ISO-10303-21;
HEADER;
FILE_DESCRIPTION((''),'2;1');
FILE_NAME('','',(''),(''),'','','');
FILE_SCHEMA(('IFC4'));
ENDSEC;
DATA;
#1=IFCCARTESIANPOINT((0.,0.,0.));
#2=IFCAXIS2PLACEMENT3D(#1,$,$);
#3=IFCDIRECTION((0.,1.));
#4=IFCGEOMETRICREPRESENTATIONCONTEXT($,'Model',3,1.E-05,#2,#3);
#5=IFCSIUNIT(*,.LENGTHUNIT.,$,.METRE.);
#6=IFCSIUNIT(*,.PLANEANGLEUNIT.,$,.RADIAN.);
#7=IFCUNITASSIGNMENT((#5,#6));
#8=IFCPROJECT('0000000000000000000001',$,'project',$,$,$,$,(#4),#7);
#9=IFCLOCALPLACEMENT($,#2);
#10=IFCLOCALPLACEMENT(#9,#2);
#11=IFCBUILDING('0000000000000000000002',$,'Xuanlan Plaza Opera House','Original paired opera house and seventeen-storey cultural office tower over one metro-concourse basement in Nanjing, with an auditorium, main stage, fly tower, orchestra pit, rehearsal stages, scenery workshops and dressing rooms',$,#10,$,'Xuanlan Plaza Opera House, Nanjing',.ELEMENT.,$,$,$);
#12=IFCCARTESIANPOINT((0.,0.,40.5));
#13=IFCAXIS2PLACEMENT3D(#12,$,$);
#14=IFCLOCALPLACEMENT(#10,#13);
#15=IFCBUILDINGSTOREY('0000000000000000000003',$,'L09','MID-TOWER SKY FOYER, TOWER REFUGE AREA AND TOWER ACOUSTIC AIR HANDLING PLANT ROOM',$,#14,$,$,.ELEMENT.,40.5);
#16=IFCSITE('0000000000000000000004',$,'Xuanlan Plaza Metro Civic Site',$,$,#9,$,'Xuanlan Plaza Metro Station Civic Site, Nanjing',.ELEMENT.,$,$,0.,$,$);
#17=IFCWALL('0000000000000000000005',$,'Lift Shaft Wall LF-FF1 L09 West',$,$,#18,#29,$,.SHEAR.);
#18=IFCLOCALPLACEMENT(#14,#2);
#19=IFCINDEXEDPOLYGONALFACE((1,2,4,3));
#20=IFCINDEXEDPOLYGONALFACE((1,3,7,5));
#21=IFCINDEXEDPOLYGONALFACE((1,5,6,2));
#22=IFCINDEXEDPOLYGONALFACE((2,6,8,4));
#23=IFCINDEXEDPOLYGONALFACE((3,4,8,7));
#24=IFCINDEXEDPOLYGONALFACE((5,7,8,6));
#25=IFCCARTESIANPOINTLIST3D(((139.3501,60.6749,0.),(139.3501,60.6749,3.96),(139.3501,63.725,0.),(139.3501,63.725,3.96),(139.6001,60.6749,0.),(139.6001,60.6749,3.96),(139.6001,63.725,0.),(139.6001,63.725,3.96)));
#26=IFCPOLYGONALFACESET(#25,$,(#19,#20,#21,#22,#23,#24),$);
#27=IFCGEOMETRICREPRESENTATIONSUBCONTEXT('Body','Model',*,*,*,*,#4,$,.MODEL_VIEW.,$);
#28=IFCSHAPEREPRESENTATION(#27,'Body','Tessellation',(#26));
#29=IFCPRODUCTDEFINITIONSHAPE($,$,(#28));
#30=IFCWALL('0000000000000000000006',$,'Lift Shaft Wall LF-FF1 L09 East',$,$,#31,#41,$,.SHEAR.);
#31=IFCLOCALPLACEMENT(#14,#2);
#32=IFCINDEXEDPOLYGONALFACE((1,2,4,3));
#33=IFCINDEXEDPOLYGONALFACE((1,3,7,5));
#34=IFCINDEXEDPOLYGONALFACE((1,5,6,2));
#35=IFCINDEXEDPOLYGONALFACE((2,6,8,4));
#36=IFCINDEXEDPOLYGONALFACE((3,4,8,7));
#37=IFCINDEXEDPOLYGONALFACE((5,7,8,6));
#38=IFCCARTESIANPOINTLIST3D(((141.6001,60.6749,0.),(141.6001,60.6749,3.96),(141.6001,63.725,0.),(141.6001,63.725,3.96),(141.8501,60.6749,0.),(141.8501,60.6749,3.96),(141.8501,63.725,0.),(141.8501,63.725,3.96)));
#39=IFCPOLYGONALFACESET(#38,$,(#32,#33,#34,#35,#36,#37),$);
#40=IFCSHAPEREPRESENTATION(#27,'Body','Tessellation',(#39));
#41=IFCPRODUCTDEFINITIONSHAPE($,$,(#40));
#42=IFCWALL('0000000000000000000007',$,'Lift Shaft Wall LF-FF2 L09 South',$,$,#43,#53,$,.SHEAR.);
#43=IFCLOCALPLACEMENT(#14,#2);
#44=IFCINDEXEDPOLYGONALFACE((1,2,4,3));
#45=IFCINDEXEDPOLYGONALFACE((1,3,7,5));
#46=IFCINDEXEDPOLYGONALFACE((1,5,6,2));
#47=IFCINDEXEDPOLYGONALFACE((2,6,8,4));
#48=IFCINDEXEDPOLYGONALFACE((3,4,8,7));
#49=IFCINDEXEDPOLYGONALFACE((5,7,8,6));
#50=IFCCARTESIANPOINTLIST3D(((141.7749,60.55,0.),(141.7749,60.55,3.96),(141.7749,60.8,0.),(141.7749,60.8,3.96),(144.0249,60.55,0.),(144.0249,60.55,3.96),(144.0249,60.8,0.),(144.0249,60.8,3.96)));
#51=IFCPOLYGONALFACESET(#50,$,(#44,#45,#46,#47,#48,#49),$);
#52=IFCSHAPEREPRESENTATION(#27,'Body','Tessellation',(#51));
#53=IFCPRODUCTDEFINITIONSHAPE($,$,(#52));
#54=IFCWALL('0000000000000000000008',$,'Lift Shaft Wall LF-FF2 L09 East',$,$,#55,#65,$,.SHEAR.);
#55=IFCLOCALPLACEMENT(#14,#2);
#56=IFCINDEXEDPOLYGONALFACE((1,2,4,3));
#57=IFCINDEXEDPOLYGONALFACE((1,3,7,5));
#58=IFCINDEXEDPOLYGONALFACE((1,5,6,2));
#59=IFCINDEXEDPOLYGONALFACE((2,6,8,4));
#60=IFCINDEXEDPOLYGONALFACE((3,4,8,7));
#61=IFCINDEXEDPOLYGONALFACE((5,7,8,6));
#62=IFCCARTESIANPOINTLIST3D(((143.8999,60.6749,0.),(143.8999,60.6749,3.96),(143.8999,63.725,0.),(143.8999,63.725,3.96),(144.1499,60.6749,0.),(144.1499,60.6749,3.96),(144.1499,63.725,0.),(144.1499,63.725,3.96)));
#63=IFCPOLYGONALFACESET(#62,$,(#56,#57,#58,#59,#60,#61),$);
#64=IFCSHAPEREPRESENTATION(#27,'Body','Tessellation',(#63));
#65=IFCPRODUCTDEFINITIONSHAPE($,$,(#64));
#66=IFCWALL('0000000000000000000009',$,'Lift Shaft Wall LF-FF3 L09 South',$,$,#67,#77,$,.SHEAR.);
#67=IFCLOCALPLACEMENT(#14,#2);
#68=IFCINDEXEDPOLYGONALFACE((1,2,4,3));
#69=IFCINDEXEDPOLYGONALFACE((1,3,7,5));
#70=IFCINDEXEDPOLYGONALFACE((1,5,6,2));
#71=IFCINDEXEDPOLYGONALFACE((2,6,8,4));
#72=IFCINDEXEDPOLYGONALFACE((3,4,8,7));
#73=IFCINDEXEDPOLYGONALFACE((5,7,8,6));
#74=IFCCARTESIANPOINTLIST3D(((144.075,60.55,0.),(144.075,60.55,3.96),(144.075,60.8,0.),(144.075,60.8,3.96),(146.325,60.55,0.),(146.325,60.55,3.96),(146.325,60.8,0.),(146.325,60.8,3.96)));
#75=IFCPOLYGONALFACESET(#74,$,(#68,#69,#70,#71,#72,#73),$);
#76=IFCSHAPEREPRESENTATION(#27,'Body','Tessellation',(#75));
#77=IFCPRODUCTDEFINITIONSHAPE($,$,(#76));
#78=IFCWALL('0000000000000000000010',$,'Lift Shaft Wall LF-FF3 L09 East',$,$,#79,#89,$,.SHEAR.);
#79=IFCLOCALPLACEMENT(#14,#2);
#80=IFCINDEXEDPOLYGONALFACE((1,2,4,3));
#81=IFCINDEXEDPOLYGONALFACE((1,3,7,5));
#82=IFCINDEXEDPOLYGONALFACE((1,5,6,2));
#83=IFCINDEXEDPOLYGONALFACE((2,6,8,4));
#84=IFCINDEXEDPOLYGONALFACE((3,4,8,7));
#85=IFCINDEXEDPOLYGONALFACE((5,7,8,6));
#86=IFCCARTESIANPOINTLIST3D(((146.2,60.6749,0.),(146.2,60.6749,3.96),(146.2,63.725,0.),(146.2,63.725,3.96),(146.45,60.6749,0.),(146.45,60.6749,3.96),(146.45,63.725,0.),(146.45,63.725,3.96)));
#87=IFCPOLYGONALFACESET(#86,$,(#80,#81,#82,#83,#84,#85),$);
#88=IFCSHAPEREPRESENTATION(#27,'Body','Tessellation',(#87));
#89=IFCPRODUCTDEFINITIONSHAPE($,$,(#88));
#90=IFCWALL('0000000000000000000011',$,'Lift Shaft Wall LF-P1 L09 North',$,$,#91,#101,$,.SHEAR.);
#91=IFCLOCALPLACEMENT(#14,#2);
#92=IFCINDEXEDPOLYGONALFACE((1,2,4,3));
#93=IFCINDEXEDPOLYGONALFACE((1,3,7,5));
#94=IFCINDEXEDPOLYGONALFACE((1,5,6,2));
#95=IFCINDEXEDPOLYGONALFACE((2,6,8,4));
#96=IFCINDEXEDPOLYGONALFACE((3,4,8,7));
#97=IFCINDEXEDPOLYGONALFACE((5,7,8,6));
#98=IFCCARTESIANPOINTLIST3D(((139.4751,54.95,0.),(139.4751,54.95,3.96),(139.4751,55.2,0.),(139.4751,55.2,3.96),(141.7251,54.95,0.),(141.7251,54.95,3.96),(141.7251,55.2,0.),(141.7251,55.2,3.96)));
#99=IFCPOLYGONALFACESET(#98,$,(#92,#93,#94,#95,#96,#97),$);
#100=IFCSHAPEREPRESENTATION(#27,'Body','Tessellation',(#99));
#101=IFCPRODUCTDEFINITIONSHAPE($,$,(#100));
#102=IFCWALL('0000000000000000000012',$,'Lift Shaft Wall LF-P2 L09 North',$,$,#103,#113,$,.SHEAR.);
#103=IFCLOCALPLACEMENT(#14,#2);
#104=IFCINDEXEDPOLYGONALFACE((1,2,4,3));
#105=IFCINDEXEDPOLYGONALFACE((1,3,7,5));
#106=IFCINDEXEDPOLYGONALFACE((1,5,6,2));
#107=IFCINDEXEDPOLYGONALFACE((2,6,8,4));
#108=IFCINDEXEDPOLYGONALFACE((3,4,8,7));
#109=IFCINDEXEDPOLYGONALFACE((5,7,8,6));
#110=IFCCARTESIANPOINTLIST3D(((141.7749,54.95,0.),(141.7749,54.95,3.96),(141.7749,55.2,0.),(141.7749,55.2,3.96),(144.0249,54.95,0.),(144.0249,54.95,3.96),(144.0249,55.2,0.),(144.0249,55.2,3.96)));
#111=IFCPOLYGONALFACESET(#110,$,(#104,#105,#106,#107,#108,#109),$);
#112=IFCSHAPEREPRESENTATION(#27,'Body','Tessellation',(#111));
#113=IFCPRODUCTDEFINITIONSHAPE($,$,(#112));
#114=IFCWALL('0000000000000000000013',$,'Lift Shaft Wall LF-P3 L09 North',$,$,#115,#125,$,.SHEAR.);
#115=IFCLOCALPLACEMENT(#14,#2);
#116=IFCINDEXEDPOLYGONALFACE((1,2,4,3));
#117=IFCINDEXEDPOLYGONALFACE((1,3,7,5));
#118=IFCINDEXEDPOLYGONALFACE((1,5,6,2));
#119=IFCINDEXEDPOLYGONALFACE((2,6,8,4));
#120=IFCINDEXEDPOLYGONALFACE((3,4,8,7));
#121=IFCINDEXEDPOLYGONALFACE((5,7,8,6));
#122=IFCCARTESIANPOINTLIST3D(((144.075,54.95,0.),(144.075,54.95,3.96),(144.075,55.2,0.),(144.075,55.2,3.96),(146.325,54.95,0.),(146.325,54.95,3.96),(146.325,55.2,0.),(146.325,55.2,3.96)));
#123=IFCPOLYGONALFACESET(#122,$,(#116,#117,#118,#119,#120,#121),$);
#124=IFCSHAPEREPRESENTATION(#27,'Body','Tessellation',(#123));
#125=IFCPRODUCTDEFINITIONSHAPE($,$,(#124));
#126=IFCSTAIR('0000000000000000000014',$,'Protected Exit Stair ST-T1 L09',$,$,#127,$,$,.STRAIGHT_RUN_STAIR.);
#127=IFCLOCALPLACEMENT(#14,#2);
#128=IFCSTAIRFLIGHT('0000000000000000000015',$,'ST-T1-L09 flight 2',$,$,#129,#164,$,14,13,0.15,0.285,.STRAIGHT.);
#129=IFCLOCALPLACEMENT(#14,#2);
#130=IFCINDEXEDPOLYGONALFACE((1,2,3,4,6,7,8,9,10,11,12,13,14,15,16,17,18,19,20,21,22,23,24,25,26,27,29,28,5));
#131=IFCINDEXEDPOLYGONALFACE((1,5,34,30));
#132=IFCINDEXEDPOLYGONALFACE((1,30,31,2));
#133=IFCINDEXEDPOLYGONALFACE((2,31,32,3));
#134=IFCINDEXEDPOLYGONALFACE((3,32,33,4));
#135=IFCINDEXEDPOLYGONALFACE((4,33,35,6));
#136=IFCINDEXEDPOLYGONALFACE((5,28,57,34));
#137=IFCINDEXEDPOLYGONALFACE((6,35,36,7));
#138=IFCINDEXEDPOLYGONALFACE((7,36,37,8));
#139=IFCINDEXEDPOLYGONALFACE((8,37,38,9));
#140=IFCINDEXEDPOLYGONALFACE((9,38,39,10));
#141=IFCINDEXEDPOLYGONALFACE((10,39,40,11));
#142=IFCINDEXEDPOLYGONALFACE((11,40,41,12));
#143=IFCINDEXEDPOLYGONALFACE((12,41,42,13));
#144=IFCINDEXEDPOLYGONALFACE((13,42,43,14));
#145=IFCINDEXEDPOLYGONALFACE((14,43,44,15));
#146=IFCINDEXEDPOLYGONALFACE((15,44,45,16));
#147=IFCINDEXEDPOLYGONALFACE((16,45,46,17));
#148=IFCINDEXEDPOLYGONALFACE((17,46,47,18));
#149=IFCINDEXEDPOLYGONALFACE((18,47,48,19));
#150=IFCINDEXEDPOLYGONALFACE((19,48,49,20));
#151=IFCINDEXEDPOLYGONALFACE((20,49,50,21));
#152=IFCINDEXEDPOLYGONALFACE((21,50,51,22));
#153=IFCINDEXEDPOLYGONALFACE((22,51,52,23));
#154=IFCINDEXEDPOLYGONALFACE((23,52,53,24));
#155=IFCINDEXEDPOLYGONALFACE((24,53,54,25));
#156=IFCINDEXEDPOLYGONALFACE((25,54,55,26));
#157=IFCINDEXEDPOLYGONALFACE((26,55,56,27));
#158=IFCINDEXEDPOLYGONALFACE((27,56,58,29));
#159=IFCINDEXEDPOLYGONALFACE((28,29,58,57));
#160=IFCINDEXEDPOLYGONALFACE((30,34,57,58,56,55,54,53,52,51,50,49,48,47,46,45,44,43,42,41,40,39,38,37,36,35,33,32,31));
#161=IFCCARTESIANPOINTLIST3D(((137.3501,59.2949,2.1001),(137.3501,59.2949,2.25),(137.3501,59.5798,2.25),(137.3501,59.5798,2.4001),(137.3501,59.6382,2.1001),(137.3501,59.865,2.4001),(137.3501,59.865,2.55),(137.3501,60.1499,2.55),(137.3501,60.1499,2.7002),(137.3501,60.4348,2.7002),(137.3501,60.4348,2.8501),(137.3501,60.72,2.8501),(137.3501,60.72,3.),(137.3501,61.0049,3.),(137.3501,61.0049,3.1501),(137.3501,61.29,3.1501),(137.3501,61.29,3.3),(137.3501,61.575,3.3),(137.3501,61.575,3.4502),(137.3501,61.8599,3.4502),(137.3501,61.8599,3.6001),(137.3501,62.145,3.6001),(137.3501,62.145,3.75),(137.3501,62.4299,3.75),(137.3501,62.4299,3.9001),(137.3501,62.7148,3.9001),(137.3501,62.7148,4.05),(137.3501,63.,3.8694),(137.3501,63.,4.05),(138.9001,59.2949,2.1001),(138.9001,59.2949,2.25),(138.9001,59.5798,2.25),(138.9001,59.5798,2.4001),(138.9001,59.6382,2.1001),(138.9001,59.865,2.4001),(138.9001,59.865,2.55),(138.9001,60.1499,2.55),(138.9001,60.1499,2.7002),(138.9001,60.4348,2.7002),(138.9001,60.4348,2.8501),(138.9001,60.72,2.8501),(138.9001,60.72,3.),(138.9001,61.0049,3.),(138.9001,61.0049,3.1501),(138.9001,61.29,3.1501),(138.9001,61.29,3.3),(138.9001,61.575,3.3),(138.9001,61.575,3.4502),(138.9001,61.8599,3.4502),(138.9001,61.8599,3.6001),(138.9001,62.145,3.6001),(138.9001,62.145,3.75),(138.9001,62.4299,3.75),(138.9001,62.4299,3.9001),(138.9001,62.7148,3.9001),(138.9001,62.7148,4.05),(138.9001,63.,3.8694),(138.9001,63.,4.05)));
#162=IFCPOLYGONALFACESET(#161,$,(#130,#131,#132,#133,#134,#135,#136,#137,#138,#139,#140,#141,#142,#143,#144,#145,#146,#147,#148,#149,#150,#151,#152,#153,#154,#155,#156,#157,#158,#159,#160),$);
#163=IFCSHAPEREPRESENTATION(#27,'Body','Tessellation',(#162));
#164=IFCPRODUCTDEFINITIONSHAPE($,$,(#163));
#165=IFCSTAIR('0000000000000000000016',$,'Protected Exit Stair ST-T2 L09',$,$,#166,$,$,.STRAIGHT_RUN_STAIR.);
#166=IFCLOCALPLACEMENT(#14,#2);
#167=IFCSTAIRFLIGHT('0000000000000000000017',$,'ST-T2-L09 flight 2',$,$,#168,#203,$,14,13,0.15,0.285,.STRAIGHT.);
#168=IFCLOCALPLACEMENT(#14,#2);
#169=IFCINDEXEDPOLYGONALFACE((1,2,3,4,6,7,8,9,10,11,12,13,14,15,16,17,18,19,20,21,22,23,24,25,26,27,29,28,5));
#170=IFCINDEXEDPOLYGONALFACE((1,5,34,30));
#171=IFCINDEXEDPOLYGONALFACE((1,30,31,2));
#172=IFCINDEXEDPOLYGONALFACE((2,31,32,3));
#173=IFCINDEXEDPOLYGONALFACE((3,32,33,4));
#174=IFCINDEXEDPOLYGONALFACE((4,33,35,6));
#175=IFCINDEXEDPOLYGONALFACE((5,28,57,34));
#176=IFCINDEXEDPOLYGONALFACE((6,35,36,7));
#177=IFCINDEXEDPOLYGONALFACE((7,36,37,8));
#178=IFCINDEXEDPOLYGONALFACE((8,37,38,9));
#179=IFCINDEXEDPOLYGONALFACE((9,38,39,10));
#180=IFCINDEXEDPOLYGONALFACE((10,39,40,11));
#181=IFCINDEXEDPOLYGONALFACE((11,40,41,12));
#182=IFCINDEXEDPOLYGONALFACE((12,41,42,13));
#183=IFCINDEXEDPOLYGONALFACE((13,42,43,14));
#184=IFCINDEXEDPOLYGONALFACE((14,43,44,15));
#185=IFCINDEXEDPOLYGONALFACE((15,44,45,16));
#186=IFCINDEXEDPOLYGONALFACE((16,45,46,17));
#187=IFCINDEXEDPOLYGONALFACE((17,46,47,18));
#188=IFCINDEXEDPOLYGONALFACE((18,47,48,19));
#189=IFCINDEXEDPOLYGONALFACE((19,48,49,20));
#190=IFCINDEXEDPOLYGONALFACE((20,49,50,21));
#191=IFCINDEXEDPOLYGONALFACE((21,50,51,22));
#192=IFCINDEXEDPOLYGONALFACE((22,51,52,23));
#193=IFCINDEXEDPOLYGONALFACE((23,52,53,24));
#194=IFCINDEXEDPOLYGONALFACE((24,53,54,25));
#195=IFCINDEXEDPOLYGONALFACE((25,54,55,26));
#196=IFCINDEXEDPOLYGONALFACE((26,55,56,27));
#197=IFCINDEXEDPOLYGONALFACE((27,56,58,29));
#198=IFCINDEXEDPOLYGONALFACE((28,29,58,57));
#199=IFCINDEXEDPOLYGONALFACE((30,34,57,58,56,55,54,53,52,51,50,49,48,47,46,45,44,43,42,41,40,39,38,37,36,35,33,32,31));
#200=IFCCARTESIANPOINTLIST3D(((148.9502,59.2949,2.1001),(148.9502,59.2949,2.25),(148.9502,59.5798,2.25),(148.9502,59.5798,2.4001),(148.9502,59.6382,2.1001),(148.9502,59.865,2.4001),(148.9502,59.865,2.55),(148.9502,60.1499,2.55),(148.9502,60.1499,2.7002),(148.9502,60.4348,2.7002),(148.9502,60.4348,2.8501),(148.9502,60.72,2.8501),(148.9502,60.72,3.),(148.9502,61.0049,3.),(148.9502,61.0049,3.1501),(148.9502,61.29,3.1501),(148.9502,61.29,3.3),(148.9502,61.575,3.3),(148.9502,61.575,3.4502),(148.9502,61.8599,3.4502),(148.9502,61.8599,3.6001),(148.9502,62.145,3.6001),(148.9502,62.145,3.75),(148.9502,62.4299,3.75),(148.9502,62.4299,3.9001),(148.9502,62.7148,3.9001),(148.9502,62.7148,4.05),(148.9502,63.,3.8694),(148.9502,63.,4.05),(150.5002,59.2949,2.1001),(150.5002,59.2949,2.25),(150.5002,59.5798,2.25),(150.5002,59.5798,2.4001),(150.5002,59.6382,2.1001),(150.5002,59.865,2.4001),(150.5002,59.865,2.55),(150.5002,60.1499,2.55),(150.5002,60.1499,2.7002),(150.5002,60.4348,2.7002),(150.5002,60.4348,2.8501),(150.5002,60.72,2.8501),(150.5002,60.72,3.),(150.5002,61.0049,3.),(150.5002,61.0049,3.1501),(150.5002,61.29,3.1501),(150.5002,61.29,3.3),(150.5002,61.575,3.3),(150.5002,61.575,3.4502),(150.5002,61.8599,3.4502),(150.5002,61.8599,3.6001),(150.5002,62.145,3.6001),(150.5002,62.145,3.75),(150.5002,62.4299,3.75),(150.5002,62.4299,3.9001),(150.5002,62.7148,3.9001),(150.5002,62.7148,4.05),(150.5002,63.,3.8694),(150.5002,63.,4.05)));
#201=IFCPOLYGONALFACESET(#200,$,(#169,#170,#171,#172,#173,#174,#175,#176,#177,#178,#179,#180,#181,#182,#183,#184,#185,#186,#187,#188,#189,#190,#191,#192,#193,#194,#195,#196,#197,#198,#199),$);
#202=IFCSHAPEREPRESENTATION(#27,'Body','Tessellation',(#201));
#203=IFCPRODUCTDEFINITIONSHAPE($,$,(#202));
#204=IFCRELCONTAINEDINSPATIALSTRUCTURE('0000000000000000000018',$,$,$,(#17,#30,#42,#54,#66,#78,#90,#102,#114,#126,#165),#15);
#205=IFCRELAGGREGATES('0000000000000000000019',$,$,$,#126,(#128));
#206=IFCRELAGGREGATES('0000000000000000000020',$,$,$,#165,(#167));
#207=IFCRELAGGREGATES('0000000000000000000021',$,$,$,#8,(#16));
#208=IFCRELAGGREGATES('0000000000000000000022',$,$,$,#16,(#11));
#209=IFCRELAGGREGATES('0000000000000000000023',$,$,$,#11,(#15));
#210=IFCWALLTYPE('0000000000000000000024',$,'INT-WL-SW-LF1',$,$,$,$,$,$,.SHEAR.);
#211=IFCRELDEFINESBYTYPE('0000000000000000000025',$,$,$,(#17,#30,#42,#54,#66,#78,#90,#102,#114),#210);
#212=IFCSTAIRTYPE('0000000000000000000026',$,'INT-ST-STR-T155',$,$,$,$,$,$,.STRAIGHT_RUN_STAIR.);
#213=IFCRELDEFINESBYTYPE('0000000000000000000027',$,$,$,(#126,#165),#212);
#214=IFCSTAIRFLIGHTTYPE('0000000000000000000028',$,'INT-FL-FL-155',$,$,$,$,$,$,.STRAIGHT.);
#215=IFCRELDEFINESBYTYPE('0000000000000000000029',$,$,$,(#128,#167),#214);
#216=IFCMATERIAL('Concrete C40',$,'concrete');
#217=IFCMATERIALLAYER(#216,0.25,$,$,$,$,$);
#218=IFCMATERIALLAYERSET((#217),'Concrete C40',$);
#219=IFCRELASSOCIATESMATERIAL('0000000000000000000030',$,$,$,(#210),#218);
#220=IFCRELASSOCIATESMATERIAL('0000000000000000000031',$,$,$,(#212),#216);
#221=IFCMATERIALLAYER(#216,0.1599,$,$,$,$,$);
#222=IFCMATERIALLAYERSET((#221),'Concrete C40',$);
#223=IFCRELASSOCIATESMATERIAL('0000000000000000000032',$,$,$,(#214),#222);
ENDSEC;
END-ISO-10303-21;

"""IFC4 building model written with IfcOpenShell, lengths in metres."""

from ifc_helpers import new_model, si_unit, direction, frame, frame_2d, origin, place, context, subcontext, project, spatial, polyline, rectangle, outline, extrude, material, layer, layer_set, type_object, element, aggregate, save


model = new_model("IFC4")

# Units and contexts
model_context = context("Model", 3, precision=1e-05, world=origin(), true_north=direction((0.0, 1.0)))
body_context = subcontext(model_context, "Body", "Model", "MODEL_VIEW")
ifc_project = project(units=[si_unit("LENGTHUNIT", "METRE"), si_unit("PLANEANGLEUNIT", "RADIAN")], contexts=[model_context])

# Site, building, storey
site_placement = place(None, origin())
site = spatial("IfcSite", under=ifc_project, at=site_placement, Name="Xuanlan Plaza Metro Civic Site", LongName="Xuanlan Plaza Metro Station Civic Site, Nanjing", CompositionType="ELEMENT", RefElevation=0.0)
building_placement = place(site_placement, origin())
building = spatial("IfcBuilding", under=site, at=building_placement, Name="Xuanlan Plaza Opera House", Description="Original paired opera house and seventeen-storey cultural office tower over one metro-concourse basement in Nanjing, with an auditorium, main stage, fly tower, orchestra pit, rehearsal stages, scenery workshops and dressing rooms", LongName="Xuanlan Plaza Opera House, Nanjing", CompositionType="ELEMENT")
storey_placement = place(building_placement, frame((0.0, 0.0, 40.5)))
storey = spatial("IfcBuildingStorey", under=building, at=storey_placement, Name="L09", Description="MID-TOWER SKY FOYER, TOWER REFUGE AREA AND TOWER ACOUSTIC AIR HANDLING PLANT ROOM", CompositionType="ELEMENT", Elevation=40.5)

# Shared definitions
ifc_material_1 = material(Name="Concrete C40", Category="concrete")

# Walls
ifc_layer_1 = layer(ifc_material_1, 0.25)
ifc_layer_set_1 = layer_set([ifc_layer_1], Name="Concrete C40")
wall_type_1 = type_object("IfcWallType", Name="INT-WL-SW-LF1", PredefinedType="SHEAR", material=ifc_layer_set_1)
for number, where, z_axis, x_axis, name in (
    (1, (139.4751, 60.675, 0.0), (0.0, 0.0, 1.0), (0.0, 1.0, 0.0), "Lift Shaft Wall LF-FF1 L09 West"),
    (2, (141.7251, 60.675, 0.0), (0.0, 0.0, 1.0), (0.0, 1.0, 0.0), "Lift Shaft Wall LF-FF1 L09 East"),
):
    element("IfcWall", number, at=place(storey_placement, frame(where, z_axis=z_axis, x_axis=x_axis)), inside=storey, type_object=wall_type_1, Name=name, PredefinedType="SHEAR", context=body_context, shape_type="SweptSolid", body=[
        extrude(rectangle(XDim=3.05, YDim=0.25, at=frame_2d((1.5249, 0.0))), origin(), (0.0, 0.0, 1.0), 3.96),
    ])
wall_1_placement = place(storey_placement, frame((141.7749, 60.675, 0.0), z_axis=(0.0, 0.0, 1.0), x_axis=(1.0, 0.0, 0.0)))
element("IfcWall", 3, at=wall_1_placement, inside=storey, type_object=wall_type_1, Name="Lift Shaft Wall LF-FF2 L09 South", PredefinedType="SHEAR", context=body_context, shape_type="SweptSolid", body=[
    extrude(rectangle(XDim=2.25, YDim=0.25, at=frame_2d((1.125, 0.0))), origin(), (0.0, 0.0, 1.0), 3.96),
])
wall_2_placement = place(storey_placement, frame((144.0249, 60.675, 0.0), z_axis=(0.0, 0.0, 1.0), x_axis=(0.0, 1.0, 0.0)))
element("IfcWall", 4, at=wall_2_placement, inside=storey, type_object=wall_type_1, Name="Lift Shaft Wall LF-FF2 L09 East", PredefinedType="SHEAR", context=body_context, shape_type="SweptSolid", body=[
    extrude(rectangle(XDim=3.05, YDim=0.25, at=frame_2d((1.5249, 0.0))), origin(), (0.0, 0.0, 1.0), 3.96),
])
wall_3_placement = place(storey_placement, frame((144.075, 60.675, 0.0), z_axis=(0.0, 0.0, 1.0), x_axis=(1.0, 0.0, 0.0)))
element("IfcWall", 5, at=wall_3_placement, inside=storey, type_object=wall_type_1, Name="Lift Shaft Wall LF-FF3 L09 South", PredefinedType="SHEAR", context=body_context, shape_type="SweptSolid", body=[
    extrude(rectangle(XDim=2.25, YDim=0.25, at=frame_2d((1.125, 0.0))), origin(), (0.0, 0.0, 1.0), 3.96),
])
wall_4_placement = place(storey_placement, frame((146.325, 60.675, 0.0), z_axis=(0.0, 0.0, 1.0), x_axis=(0.0, 1.0, 0.0)))
element("IfcWall", 6, at=wall_4_placement, inside=storey, type_object=wall_type_1, Name="Lift Shaft Wall LF-FF3 L09 East", PredefinedType="SHEAR", context=body_context, shape_type="SweptSolid", body=[
    extrude(rectangle(XDim=3.05, YDim=0.25, at=frame_2d((1.5249, 0.0))), origin(), (0.0, 0.0, 1.0), 3.96),
])
for number, where, z_axis, x_axis, name in (
    (7, (139.4751, 55.075, 0.0), (0.0, 0.0, 1.0), (1.0, 0.0, 0.0), "Lift Shaft Wall LF-P1 L09 North"),
    (8, (141.7749, 55.075, 0.0), (0.0, 0.0, 1.0), (1.0, 0.0, 0.0), "Lift Shaft Wall LF-P2 L09 North"),
    (9, (144.075, 55.075, 0.0), (0.0, 0.0, 1.0), (1.0, 0.0, 0.0), "Lift Shaft Wall LF-P3 L09 North"),
):
    element("IfcWall", number, at=place(storey_placement, frame(where, z_axis=z_axis, x_axis=x_axis)), inside=storey, type_object=wall_type_1, Name=name, PredefinedType="SHEAR", context=body_context, shape_type="SweptSolid", body=[
        extrude(rectangle(XDim=2.25, YDim=0.25, at=frame_2d((1.125, 0.0))), origin(), (0.0, 0.0, 1.0), 3.96),
    ])

# Stairs, stair flights
stair_type = type_object("IfcStairType", Name="INT-ST-STR-T155", PredefinedType="STRAIGHT_RUN_STAIR", material=ifc_material_1)
stair_1_placement = place(storey_placement, origin())
stair_1 = element("IfcStair", 10, at=stair_1_placement, inside=storey, type_object=stair_type, Name="Protected Exit Stair ST-T1 L09", PredefinedType="STRAIGHT_RUN_STAIR")
ifc_layer_2 = layer(ifc_material_1, 0.1599)
ifc_layer_set_2 = layer_set([ifc_layer_2], Name="Concrete C40")
stair_flight_type = type_object("IfcStairFlightType", Name="INT-FL-FL-155", PredefinedType="STRAIGHT", material=ifc_layer_set_2)
stair_flight_1_placement = place(storey_placement, frame((138.125, 59.2949, 2.1001), z_axis=(0.0, 0.0, 1.0), x_axis=(0.0, 1.0, 0.0)))
stair_flight_1 = element("IfcStairFlight", 11, at=stair_flight_1_placement, type_object=stair_flight_type, Name="ST-T1-L09 flight 2", NumberOfRisers=14, NumberOfTreads=13, PredefinedType="STRAIGHT", RiserHeight=0.15, TreadLength=0.285, context=body_context, shape_type="SweptSolid", body=[
    extrude(outline(polyline([(0.0, 0.0), (0.0, 0.1499), (0.2849, 0.1499), (0.2849, 0.3), (0.5701, 0.3), (0.5701, 0.45), (0.855, 0.45), (0.855, 0.6001), (1.1399, 0.6001), (1.1399, 0.75), (1.425, 0.75), (1.425, 0.8999), (1.71, 0.8999), (1.71, 1.05), (1.9951, 1.05), (1.9951, 1.2), (2.28, 1.2), (2.28, 1.3501), (2.5649, 1.3501), (2.5649, 1.5), (2.8501, 1.5), (2.8501, 1.6499), (3.135, 1.6499), (3.135, 1.8), (3.4199, 1.8), (3.4199, 1.95), (3.7051, 1.95), (3.7051, 2.1001), (3.7051, 1.7693), (0.3433, 0.0), (0.0, 0.0)])), frame((0.0, 0.7749, 0.0), z_axis=(0.0, -1.0, 0.0), x_axis=(1.0, 0.0, 0.0)), (0.0, 0.0, 1.0), 1.55),
])
aggregate(stair_1, [stair_flight_1])
stair_2_placement = place(storey_placement, origin())
stair_2 = element("IfcStair", 12, at=stair_2_placement, inside=storey, type_object=stair_type, Name="Protected Exit Stair ST-T2 L09", PredefinedType="STRAIGHT_RUN_STAIR")
stair_flight_2_placement = place(storey_placement, frame((149.7251, 59.2949, 2.1001), z_axis=(0.0, 0.0, 1.0), x_axis=(0.0, 1.0, 0.0)))
stair_flight_2 = element("IfcStairFlight", 13, at=stair_flight_2_placement, type_object=stair_flight_type, Name="ST-T2-L09 flight 2", NumberOfRisers=14, NumberOfTreads=13, PredefinedType="STRAIGHT", RiserHeight=0.15, TreadLength=0.285, context=body_context, shape_type="SweptSolid", body=[
    extrude(outline(polyline([(0.0, 0.0), (0.0, 0.1499), (0.2849, 0.1499), (0.2849, 0.3), (0.5701, 0.3), (0.5701, 0.45), (0.855, 0.45), (0.855, 0.6001), (1.1399, 0.6001), (1.1399, 0.75), (1.425, 0.75), (1.425, 0.8999), (1.71, 0.8999), (1.71, 1.05), (1.9951, 1.05), (1.9951, 1.2), (2.28, 1.2), (2.28, 1.3501), (2.5649, 1.3501), (2.5649, 1.5), (2.8501, 1.5), (2.8501, 1.6499), (3.135, 1.6499), (3.135, 1.8), (3.4199, 1.8), (3.4199, 1.95), (3.7051, 1.95), (3.7051, 2.1001), (3.7051, 1.7693), (0.3433, 0.0), (0.0, 0.0)])), frame((0.0, 0.7749, 0.0), z_axis=(0.0, -1.0, 0.0), x_axis=(1.0, 0.0, 0.0)), (0.0, 0.0, 1.0), 1.55),
])
aggregate(stair_2, [stair_flight_2])

save(model, "model.ifc")
